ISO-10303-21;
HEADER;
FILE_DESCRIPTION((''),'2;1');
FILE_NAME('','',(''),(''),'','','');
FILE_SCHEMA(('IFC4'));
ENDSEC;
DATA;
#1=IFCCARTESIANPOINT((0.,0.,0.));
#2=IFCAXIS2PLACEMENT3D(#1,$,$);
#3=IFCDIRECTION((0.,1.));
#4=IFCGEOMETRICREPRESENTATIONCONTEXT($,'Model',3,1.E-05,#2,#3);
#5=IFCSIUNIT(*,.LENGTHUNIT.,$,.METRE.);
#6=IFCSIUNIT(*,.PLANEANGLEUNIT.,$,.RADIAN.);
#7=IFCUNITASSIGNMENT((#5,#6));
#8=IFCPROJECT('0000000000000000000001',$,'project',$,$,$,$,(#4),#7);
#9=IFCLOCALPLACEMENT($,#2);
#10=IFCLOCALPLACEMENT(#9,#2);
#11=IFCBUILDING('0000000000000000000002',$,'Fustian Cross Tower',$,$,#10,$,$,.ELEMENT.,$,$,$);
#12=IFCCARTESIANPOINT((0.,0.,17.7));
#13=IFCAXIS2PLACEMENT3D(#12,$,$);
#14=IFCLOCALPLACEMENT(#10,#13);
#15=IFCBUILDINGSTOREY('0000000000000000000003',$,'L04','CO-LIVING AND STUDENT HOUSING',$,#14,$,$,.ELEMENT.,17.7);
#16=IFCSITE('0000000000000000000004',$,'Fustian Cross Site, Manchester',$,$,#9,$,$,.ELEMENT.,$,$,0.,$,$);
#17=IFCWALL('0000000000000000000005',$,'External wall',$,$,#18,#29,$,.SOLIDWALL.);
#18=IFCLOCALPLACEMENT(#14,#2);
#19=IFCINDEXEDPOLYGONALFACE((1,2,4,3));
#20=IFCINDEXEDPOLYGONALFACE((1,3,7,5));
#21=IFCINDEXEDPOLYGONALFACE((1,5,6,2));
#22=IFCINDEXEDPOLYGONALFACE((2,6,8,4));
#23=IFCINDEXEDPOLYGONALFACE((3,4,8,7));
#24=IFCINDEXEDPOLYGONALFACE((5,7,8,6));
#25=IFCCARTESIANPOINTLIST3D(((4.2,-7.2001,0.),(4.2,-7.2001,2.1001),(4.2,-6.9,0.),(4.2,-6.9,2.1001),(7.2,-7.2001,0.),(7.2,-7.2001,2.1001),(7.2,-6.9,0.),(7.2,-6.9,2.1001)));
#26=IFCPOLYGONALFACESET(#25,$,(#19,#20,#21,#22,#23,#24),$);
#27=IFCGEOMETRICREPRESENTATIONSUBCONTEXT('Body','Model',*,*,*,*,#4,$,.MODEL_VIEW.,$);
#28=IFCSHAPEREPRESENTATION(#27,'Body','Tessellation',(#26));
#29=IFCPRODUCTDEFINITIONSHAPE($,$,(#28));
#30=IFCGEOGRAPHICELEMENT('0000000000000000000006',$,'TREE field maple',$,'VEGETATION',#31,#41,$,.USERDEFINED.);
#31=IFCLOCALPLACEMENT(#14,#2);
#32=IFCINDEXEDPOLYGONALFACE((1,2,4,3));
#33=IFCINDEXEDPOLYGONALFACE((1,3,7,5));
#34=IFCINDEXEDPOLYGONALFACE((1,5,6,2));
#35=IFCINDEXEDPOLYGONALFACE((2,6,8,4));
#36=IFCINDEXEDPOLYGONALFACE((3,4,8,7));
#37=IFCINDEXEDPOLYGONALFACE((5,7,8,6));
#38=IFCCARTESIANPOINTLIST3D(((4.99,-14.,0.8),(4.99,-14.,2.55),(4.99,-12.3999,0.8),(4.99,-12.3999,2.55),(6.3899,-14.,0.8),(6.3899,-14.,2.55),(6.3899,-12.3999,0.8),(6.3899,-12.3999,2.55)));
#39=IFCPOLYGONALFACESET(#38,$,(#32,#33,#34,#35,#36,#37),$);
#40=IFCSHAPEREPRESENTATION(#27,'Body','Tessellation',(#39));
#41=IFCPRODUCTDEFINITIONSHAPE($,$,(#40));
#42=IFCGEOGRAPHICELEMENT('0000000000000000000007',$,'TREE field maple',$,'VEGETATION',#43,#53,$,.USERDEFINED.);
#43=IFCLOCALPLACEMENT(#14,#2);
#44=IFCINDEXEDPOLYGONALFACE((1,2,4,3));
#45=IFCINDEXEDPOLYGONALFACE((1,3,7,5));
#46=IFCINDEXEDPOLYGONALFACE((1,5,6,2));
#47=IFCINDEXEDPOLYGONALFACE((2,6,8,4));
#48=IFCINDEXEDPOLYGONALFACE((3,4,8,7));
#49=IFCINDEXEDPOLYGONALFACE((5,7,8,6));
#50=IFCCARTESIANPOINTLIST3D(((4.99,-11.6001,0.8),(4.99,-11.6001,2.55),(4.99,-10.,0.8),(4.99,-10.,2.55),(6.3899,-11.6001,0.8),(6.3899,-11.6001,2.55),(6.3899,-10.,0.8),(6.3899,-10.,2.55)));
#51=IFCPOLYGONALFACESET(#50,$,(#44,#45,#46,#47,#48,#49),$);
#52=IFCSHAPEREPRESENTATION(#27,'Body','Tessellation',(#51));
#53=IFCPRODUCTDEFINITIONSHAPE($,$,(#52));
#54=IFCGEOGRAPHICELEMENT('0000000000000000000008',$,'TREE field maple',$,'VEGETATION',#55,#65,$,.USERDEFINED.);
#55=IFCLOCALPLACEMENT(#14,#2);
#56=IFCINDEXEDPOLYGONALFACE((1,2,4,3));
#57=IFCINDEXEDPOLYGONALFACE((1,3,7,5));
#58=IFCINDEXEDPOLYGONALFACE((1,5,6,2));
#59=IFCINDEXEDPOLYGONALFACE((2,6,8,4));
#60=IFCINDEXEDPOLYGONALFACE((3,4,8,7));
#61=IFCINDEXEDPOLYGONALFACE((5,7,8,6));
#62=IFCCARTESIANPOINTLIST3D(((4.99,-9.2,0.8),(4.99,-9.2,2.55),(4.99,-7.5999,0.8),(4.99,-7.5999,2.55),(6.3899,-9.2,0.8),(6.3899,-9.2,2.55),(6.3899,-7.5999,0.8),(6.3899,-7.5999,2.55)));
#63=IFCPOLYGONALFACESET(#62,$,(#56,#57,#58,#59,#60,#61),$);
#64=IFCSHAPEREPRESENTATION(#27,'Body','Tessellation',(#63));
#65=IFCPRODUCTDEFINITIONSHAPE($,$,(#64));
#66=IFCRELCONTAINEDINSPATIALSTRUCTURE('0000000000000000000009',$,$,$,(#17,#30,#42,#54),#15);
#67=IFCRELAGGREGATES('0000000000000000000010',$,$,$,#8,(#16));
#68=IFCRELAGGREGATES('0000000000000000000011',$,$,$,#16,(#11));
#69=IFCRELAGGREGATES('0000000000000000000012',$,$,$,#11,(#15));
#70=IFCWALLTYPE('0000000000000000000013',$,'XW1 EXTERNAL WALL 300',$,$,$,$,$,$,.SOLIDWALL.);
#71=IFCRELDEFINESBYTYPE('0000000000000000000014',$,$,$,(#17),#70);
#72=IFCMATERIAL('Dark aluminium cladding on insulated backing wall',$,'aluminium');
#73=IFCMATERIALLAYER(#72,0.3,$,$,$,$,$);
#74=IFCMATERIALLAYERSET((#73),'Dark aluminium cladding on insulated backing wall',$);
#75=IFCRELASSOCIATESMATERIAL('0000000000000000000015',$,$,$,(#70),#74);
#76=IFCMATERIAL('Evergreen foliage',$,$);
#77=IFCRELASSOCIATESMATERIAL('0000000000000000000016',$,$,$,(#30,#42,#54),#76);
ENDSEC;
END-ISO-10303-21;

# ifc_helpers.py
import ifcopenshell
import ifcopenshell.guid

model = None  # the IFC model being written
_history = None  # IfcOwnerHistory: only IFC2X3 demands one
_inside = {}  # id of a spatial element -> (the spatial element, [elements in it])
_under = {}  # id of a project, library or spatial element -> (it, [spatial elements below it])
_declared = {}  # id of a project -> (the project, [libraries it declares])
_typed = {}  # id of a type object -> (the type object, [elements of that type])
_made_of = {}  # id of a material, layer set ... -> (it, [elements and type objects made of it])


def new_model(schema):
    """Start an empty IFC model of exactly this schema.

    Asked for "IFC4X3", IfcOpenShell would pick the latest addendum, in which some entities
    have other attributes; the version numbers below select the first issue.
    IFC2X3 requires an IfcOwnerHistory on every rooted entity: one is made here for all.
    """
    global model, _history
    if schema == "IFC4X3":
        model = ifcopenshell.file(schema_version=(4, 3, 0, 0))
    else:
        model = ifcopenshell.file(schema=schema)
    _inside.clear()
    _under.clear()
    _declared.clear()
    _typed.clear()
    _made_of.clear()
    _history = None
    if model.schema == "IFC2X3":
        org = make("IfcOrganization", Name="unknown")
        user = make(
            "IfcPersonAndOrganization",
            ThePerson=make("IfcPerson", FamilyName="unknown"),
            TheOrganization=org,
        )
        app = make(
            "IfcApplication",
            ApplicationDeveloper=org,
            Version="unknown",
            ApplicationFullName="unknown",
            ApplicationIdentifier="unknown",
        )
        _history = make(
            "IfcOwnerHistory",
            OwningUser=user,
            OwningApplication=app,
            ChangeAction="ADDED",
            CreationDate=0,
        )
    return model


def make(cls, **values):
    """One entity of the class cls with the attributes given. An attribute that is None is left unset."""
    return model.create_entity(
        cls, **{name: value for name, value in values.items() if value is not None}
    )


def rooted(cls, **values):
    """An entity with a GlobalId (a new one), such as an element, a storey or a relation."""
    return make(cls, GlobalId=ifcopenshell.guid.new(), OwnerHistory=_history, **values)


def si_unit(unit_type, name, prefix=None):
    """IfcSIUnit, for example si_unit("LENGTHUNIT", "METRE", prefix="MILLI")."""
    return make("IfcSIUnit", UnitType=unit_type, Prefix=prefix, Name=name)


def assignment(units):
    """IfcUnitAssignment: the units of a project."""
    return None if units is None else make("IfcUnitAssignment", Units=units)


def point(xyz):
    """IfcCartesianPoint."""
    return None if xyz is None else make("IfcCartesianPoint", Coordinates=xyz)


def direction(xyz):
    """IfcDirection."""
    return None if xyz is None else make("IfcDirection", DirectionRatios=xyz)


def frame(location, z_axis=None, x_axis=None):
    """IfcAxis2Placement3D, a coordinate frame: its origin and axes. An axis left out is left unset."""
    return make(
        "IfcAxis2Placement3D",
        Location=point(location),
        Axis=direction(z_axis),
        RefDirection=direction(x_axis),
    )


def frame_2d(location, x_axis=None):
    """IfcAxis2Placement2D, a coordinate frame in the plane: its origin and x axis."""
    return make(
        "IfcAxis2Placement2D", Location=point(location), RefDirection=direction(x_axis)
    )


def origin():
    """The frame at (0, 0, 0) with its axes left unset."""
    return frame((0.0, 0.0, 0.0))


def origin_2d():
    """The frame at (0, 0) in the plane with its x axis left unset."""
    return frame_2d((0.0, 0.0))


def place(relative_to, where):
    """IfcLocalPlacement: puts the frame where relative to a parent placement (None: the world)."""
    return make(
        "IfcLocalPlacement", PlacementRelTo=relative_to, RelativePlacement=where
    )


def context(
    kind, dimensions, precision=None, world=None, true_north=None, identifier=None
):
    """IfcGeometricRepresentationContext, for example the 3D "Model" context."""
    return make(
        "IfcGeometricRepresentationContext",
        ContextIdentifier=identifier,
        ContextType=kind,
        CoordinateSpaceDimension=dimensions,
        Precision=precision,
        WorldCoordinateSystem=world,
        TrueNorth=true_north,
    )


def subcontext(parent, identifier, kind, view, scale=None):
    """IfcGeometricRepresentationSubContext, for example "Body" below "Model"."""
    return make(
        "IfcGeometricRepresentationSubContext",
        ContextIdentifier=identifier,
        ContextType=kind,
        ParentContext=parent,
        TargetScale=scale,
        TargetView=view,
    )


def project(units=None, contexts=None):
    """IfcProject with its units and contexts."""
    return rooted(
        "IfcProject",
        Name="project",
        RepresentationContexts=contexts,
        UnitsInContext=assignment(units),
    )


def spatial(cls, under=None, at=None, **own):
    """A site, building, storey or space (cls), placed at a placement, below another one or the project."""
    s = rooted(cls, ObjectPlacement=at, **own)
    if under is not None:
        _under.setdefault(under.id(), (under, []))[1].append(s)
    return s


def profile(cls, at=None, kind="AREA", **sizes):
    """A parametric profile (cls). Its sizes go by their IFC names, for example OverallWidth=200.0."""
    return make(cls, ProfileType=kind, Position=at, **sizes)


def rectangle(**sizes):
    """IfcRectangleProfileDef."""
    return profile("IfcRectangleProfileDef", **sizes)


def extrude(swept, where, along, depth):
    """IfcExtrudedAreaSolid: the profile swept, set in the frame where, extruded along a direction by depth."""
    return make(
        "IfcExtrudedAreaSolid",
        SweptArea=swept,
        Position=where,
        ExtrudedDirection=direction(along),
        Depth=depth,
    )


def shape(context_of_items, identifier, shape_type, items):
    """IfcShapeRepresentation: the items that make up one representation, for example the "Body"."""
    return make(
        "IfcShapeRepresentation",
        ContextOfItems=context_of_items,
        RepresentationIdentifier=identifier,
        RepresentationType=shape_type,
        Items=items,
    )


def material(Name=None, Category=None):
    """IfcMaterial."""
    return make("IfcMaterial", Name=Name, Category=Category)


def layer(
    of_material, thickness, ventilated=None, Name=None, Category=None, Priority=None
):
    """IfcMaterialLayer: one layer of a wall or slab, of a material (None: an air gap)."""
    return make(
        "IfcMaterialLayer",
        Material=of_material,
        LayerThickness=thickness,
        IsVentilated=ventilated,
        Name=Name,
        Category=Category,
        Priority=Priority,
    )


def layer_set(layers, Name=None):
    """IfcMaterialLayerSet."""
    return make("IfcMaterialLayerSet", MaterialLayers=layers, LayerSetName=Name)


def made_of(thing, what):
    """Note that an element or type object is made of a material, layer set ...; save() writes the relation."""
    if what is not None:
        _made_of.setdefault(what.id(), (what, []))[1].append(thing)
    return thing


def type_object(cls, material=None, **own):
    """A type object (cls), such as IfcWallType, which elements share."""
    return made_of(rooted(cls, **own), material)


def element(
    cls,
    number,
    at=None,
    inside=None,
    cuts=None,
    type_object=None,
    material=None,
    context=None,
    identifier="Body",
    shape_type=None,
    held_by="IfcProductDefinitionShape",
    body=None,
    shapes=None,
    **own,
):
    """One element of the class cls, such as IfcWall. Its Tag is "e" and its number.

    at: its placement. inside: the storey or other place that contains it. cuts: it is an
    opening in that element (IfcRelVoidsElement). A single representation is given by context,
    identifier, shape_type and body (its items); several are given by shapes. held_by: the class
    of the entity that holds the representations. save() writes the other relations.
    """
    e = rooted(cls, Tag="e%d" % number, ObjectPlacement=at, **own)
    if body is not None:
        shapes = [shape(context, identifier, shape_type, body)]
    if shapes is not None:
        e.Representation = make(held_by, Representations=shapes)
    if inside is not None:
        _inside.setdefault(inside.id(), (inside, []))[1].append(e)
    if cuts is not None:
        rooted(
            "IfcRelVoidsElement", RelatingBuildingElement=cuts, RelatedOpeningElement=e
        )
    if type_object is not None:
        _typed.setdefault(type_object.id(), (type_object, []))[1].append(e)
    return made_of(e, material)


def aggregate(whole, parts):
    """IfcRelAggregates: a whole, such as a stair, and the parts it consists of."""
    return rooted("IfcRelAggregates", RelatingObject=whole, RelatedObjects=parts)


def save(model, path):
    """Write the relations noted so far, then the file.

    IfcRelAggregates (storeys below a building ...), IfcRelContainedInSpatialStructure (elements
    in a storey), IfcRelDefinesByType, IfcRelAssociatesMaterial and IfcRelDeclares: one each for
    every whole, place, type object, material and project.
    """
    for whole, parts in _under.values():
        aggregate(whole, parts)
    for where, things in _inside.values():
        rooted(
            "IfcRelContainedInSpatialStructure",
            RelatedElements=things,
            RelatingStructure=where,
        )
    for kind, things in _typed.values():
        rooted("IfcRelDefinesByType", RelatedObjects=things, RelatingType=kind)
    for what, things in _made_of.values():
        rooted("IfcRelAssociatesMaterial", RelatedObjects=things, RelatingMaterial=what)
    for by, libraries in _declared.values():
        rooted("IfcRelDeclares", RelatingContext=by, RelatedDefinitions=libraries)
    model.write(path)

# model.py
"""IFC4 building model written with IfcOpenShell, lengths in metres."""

from ifc_helpers import new_model, si_unit, direction, frame, frame_2d, origin, origin_2d, place, context, subcontext, project, spatial, rectangle, extrude, material, layer, layer_set, type_object, element, save


model = new_model("IFC4")

# Units and contexts
model_context = context("Model", 3, precision=1e-05, world=origin(), true_north=direction((0.0, 1.0)))
body_context = subcontext(model_context, "Body", "Model", "MODEL_VIEW")
ifc_project = project(units=[si_unit("LENGTHUNIT", "METRE"), si_unit("PLANEANGLEUNIT", "RADIAN")], contexts=[model_context])

# Site, building, storey
site_placement = place(None, origin())
site = spatial("IfcSite", under=ifc_project, at=site_placement, Name="Fustian Cross Site, Manchester", CompositionType="ELEMENT", RefElevation=0.0)
building_placement = place(site_placement, origin())
building = spatial("IfcBuilding", under=site, at=building_placement, Name="Fustian Cross Tower", CompositionType="ELEMENT")
storey_placement = place(building_placement, frame((0.0, 0.0, 17.7)))
storey = spatial("IfcBuildingStorey", under=building, at=storey_placement, Name="L04", Description="CO-LIVING AND STUDENT HOUSING", CompositionType="ELEMENT", Elevation=17.7)

# Shared definitions
ifc_material_1 = material(Name="Dark aluminium cladding on insulated backing wall", Category="aluminium")
ifc_layer_1 = layer(ifc_material_1, 0.3)
ifc_layer_set_1 = layer_set([ifc_layer_1], Name="Dark aluminium cladding on insulated backing wall")
wall_type_1 = type_object("IfcWallType", Name="XW1 EXTERNAL WALL 300", PredefinedType="SOLIDWALL", material=ifc_layer_set_1)

# Wall
wall_1_placement = place(storey_placement, frame((4.2, -7.05, 0.0), z_axis=(0.0, 0.0, 1.0), x_axis=(1.0, 0.0, 0.0)))
element("IfcWall", 1, at=wall_1_placement, inside=storey, type_object=wall_type_1, Name="External wall", PredefinedType="SOLIDWALL", context=body_context, shape_type="SweptSolid", body=[
    extrude(rectangle(XDim=3.0, YDim=0.3, at=frame_2d((1.5, 0.0))), origin(), (0.0, 0.0, 1.0), 2.1001),
])

# Geographic elements
ifc_material_2 = material(Name="Evergreen foliage")
for number, where, z_axis, x_axis, name in (
    (2, (5.6899, -13.2, 0.8), (0.0, 0.0, 1.0), (1.0, 0.0, 0.0), "TREE field maple"),
    (3, (5.6899, -10.8, 0.8), (0.0, 0.0, 1.0), (1.0, 0.0, 0.0), "TREE field maple"),
    (4, (5.6899, -8.3999, 0.8), (0.0, 0.0, 1.0), (1.0, 0.0, 0.0), "TREE field maple"),
):
    element("IfcGeographicElement", number, at=place(storey_placement, frame(where, z_axis=z_axis, x_axis=x_axis)), inside=storey, material=ifc_material_2, Name=name, ObjectType="VEGETATION", PredefinedType="USERDEFINED", context=body_context, shape_type="SweptSolid", body=[
        extrude(rectangle(XDim=1.3999, YDim=1.6001, at=origin_2d()), origin(), (0.0, 0.0, 1.0), 1.75),
    ])

save(model, "model.ifc")
